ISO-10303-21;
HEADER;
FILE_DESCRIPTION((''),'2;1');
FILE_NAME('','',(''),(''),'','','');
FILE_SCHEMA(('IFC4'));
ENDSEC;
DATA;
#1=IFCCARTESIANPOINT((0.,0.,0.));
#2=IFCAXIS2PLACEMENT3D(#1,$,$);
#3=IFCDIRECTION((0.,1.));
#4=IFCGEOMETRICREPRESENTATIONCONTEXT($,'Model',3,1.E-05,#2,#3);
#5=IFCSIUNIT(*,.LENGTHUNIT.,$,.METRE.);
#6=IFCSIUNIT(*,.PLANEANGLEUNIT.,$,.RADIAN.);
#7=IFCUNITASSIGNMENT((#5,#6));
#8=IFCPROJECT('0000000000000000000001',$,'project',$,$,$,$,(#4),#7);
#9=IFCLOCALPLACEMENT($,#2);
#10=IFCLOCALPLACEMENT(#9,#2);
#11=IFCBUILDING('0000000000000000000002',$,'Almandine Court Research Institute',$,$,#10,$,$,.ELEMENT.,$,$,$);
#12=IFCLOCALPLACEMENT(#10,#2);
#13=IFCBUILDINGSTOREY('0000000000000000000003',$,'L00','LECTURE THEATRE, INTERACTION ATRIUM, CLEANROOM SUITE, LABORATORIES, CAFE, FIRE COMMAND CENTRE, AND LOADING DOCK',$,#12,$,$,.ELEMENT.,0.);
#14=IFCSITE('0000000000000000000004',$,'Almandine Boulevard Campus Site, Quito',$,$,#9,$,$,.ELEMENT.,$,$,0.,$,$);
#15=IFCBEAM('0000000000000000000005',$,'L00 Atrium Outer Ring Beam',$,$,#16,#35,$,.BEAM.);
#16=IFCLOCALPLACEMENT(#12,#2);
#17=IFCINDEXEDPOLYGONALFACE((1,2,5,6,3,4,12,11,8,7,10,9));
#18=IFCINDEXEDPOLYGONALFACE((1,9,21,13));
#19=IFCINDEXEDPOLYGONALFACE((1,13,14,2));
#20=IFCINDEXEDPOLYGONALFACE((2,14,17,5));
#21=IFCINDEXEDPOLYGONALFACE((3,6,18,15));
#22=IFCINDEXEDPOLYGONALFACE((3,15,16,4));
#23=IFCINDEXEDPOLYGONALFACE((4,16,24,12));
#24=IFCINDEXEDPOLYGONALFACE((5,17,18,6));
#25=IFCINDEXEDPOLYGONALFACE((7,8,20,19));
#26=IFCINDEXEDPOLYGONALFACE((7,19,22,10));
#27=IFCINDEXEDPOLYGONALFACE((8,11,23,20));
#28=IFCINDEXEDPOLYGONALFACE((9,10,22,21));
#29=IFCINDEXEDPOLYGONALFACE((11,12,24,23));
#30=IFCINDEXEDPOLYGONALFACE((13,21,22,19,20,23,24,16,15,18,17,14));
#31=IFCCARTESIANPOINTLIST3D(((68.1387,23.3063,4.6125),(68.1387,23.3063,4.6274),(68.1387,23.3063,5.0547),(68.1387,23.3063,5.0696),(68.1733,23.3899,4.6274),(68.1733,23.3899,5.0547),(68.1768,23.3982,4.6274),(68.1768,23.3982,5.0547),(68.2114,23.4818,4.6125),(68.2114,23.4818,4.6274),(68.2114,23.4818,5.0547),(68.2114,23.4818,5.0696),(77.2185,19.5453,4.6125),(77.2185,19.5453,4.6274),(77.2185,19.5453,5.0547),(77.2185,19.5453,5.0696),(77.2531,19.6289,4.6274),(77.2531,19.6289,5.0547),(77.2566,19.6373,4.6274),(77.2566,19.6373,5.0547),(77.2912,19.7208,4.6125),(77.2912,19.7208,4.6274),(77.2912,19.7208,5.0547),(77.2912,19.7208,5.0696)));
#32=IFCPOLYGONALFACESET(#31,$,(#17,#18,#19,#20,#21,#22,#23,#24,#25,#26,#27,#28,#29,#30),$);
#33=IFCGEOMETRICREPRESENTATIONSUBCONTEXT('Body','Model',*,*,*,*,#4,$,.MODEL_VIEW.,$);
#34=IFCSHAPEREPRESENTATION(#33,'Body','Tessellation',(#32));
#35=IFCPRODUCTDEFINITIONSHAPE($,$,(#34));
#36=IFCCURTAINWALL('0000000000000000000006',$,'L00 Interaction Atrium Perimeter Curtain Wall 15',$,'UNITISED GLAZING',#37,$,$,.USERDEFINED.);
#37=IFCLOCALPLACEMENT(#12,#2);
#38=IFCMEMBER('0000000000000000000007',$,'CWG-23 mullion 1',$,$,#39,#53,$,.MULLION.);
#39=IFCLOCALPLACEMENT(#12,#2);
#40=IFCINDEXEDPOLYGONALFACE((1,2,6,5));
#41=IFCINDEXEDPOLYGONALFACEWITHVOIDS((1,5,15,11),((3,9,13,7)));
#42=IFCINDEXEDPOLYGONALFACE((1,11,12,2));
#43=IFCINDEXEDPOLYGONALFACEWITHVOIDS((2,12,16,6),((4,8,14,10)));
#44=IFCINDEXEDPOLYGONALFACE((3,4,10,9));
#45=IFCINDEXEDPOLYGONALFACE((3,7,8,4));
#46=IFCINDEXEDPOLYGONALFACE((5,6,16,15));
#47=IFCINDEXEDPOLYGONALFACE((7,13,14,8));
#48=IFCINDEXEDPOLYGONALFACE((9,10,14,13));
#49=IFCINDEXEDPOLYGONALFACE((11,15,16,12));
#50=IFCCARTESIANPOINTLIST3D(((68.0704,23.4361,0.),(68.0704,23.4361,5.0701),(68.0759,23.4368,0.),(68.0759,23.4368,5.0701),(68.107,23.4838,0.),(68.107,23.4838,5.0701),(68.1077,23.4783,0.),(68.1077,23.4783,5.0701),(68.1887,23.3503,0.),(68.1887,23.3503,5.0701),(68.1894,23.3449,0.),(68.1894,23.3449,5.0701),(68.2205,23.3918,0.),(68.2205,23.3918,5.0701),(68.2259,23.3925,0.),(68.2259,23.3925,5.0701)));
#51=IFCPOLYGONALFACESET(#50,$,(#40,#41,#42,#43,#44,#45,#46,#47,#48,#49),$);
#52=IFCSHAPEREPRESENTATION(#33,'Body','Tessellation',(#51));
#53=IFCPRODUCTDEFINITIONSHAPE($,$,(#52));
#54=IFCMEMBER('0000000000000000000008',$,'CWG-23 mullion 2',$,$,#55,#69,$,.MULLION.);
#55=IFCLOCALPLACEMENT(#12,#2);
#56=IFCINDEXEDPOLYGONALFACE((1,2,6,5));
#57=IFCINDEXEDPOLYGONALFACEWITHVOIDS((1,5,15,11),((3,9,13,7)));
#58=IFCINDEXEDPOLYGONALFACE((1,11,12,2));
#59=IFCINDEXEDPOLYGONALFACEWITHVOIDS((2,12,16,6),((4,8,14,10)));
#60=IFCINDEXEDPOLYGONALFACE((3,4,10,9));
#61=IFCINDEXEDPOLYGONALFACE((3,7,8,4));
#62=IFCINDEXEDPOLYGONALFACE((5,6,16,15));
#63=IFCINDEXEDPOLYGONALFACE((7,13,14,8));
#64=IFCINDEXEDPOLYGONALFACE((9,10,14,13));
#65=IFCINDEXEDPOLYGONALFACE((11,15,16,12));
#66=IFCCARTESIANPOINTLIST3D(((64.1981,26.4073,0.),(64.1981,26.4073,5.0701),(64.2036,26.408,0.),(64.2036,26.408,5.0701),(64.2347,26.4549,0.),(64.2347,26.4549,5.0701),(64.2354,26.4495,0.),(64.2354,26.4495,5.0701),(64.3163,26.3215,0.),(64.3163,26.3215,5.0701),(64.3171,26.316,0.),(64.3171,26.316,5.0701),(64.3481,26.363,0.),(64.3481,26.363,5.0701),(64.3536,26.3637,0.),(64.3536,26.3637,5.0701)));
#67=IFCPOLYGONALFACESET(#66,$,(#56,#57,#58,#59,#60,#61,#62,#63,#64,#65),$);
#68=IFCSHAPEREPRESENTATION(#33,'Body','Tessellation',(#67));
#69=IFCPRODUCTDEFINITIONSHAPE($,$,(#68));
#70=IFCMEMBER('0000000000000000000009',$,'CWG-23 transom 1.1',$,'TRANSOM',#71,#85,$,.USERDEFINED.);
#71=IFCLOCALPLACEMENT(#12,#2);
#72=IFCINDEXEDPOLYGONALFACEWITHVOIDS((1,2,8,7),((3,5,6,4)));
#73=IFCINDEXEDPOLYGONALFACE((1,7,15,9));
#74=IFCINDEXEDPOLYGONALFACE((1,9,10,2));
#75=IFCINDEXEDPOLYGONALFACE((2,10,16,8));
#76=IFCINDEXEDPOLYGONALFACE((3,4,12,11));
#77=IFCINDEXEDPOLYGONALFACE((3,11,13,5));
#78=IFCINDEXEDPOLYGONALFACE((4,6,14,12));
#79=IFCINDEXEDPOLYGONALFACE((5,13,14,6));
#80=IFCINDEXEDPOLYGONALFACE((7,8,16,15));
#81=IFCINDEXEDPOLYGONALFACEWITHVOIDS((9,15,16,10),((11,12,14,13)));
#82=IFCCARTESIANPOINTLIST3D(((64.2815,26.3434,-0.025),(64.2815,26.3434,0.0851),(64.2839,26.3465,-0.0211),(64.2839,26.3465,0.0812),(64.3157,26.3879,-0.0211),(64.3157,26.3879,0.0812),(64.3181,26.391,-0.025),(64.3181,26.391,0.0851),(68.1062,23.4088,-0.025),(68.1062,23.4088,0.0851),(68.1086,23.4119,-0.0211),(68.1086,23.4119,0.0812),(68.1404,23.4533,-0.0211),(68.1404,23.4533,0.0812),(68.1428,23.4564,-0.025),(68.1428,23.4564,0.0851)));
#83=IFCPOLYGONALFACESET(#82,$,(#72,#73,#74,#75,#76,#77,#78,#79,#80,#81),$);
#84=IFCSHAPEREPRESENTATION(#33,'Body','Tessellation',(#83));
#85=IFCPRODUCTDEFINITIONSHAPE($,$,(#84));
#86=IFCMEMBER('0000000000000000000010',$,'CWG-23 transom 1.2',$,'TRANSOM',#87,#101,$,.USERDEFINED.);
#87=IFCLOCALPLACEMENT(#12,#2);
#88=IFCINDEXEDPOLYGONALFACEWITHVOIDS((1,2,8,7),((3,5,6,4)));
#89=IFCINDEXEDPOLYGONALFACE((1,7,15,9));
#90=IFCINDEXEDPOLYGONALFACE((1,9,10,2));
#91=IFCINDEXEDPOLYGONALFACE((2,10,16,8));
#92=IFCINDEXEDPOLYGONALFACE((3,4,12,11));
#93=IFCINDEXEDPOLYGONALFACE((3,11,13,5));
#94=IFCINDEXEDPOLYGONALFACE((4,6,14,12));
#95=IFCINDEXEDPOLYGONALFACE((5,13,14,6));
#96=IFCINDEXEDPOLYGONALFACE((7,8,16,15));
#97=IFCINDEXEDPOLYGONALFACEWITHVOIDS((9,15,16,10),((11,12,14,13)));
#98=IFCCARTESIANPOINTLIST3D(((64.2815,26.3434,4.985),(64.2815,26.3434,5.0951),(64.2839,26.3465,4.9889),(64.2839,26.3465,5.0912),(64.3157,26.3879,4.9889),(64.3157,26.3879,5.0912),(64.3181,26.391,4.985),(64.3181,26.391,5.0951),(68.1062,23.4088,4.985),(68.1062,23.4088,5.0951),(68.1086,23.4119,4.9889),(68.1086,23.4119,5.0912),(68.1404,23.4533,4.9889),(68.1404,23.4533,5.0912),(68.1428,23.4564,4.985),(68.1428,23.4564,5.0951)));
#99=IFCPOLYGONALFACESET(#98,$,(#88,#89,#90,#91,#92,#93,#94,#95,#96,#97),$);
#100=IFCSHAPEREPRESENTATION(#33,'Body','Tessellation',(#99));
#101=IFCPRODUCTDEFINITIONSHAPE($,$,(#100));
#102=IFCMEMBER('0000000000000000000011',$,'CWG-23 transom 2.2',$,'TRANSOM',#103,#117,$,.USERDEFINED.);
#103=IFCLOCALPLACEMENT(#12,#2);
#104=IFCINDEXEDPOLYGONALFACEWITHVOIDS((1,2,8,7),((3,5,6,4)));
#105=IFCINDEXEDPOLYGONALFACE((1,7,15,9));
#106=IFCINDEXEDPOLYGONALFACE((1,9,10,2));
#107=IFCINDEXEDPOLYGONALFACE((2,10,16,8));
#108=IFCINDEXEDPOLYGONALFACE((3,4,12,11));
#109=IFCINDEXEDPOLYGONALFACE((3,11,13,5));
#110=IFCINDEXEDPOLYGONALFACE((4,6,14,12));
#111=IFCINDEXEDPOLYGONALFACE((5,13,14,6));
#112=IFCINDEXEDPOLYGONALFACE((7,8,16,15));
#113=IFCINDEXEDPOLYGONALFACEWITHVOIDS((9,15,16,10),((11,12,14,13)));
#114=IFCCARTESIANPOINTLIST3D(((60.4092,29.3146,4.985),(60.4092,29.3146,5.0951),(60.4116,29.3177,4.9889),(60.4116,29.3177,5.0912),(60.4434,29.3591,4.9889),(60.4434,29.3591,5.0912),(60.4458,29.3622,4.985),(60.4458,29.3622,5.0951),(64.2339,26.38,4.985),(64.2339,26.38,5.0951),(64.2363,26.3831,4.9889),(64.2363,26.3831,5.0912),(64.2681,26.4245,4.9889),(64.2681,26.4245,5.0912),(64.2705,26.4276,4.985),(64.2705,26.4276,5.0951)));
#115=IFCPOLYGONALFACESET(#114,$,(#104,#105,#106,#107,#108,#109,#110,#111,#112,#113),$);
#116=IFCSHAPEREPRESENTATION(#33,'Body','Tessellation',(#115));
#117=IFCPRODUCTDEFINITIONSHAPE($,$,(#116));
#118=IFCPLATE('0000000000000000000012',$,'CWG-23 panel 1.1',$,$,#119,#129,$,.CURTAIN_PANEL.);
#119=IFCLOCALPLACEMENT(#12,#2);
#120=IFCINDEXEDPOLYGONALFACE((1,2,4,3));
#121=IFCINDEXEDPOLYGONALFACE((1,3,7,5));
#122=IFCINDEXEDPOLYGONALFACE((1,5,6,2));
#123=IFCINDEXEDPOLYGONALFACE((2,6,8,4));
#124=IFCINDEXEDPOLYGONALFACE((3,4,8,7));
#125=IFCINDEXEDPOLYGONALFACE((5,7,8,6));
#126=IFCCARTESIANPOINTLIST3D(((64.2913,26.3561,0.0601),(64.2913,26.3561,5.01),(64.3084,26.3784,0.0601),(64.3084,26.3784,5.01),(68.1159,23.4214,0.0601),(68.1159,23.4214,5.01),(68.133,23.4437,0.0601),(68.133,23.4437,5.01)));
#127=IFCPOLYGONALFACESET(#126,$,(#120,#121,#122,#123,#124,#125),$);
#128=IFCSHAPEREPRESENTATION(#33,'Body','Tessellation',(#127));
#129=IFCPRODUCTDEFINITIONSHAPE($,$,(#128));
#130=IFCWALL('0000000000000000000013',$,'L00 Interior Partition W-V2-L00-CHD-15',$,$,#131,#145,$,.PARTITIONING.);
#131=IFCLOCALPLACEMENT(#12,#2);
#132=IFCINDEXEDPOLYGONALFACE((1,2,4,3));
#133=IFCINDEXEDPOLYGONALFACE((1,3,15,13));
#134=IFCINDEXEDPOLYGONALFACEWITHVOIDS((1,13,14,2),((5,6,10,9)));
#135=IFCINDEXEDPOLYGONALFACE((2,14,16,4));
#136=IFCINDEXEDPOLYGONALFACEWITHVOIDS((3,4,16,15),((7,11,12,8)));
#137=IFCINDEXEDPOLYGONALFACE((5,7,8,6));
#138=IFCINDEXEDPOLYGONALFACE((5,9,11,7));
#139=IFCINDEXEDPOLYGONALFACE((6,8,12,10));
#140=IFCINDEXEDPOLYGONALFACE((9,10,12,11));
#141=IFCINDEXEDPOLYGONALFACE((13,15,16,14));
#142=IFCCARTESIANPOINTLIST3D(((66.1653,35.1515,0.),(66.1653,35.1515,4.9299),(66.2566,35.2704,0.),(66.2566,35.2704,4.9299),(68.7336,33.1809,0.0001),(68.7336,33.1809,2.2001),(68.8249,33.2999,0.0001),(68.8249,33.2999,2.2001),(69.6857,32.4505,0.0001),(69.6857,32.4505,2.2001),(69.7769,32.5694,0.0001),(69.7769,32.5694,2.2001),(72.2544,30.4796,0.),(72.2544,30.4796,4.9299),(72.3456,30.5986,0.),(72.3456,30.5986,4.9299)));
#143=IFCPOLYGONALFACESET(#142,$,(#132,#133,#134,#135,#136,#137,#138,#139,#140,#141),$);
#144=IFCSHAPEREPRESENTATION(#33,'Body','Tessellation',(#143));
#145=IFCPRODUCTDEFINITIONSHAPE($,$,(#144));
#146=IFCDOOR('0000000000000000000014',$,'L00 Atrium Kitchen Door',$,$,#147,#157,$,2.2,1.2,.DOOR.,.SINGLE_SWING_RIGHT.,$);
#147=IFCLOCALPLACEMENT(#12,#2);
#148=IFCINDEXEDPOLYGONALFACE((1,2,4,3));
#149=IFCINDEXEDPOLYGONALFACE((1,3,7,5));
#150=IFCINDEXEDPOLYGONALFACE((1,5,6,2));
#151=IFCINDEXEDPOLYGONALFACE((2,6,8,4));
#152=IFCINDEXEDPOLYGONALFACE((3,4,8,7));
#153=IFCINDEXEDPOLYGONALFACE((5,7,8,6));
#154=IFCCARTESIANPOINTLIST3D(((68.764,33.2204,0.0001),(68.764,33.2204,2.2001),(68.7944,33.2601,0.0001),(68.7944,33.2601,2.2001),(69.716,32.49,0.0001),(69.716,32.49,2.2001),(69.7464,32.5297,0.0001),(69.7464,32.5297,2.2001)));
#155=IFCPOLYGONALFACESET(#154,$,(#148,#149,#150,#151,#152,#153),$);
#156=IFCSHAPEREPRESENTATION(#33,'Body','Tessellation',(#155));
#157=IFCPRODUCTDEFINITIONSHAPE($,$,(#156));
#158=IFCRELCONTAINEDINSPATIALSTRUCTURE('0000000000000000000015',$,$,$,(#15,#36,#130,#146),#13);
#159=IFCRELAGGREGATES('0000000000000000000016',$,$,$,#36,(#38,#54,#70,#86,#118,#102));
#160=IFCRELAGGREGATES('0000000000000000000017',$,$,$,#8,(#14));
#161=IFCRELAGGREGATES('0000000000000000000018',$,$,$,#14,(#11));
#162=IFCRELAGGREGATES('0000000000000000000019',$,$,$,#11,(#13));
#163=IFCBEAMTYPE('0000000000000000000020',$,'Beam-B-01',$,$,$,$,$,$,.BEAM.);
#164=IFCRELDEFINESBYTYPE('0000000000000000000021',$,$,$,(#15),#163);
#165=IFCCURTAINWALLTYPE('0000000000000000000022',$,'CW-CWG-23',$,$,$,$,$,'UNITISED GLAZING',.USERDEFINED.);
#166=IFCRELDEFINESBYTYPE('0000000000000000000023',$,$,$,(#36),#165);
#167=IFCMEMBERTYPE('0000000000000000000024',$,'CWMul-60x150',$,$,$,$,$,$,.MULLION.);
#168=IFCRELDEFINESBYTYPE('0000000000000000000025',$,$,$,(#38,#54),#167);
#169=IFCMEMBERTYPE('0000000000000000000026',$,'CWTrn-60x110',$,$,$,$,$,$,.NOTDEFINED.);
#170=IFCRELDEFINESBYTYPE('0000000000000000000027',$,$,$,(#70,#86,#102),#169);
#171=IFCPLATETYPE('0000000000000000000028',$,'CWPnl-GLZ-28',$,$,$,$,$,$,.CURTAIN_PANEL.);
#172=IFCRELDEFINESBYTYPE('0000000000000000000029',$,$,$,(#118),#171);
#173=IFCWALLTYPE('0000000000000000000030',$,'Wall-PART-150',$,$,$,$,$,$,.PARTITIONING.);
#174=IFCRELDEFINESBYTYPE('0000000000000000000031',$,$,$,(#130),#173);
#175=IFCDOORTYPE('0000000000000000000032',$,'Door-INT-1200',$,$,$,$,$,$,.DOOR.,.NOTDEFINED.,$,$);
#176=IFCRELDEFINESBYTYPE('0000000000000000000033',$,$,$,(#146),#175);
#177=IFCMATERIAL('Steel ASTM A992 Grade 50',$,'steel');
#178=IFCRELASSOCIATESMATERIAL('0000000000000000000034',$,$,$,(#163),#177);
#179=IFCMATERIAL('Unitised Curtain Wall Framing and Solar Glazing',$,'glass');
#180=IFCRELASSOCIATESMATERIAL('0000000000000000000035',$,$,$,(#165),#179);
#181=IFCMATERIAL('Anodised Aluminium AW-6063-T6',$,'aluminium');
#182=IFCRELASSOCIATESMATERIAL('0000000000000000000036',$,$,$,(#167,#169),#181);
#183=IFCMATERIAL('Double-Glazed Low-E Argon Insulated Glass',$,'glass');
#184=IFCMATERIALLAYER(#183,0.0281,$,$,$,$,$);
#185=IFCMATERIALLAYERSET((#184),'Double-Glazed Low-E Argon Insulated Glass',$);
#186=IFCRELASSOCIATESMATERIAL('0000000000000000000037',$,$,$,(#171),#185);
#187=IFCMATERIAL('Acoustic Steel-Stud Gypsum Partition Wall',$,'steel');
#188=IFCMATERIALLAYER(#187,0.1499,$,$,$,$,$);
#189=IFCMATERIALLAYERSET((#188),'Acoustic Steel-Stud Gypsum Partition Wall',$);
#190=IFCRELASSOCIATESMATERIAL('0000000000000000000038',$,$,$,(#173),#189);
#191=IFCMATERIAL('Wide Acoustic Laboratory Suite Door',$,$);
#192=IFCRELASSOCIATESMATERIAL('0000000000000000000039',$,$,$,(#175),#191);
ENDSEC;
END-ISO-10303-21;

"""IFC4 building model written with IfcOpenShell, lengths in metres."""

from ifc_helpers import new_model, si_unit, direction, frame, frame_2d, origin, origin_2d, place, context, subcontext, project, spatial, rectangle, hollow_rectangle, i_section, extrude, material, layer, layer_set, material_profile, profile_set, type_object, element, fill, aggregate, save


model = new_model("IFC4")

# Units and contexts
model_context = context("Model", 3, precision=1e-05, world=origin(), true_north=direction((0.0, 1.0)))
body_context = subcontext(model_context, "Body", "Model", "MODEL_VIEW")
ifc_project = project(units=[si_unit("LENGTHUNIT", "METRE"), si_unit("PLANEANGLEUNIT", "RADIAN")], contexts=[model_context])

# Site, building, storey
site_placement = place(None, origin())
site = spatial("IfcSite", under=ifc_project, at=site_placement, Name="Almandine Boulevard Campus Site, Quito", CompositionType="ELEMENT", RefElevation=0.0)
building_placement = place(site_placement, origin())
building = spatial("IfcBuilding", under=site, at=building_placement, Name="Almandine Court Research Institute", CompositionType="ELEMENT")
storey_placement = place(building_placement, origin())
storey = spatial("IfcBuildingStorey", under=building, at=storey_placement, Name="L00", Description="LECTURE THEATRE, INTERACTION ATRIUM, CLEANROOM SUITE, LABORATORIES, CAFE, FIRE COMMAND CENTRE, AND LOADING DOCK", CompositionType="ELEMENT", Elevation=0.0)

# Beam
ifc_material_1 = material(Name="Steel ASTM A992 Grade 50", Category="steel")
ifc_material_profile_1 = material_profile(ifc_material_1, i_section(OverallWidth=0.1899, OverallDepth=0.457, WebThickness=0.009, FlangeThickness=0.0149, at=origin_2d()), Name="W460x74")
ifc_profile_set_1 = profile_set([ifc_material_profile_1], Name="Steel ASTM A992 Grade 50")
beam_type = type_object("IfcBeamType", Name="Beam-B-01", PredefinedType="BEAM", material=ifc_profile_set_1)
beam_placement = place(storey_placement, frame((68.175, 23.394, 4.8411), z_axis=(0.92388, -0.382683, 0.0), x_axis=(0.382683, 0.92388, 0.0)))
element("IfcBeam", 1, at=beam_placement, inside=storey, type_object=beam_type, Name="L00 Atrium Outer Ring Beam", PredefinedType="BEAM", context=body_context, shape_type="SweptSolid", body=[
    extrude(i_section(OverallWidth=0.1899, OverallDepth=0.457, WebThickness=0.009, FlangeThickness=0.0149, at=origin_2d()), origin(), (0.0, 0.0, 1.0), 9.8279),
])

# Curtain wall, members, plate
ifc_material_2 = material(Name="Unitised Curtain Wall Framing and Solar Glazing", Category="glass")
curtain_wall_type = type_object("IfcCurtainWallType", Name="CW-CWG-23", ElementType="UNITISED GLAZING", PredefinedType="USERDEFINED", material=ifc_material_2)
curtain_wall_placement = place(storey_placement, origin())
curtain_wall = element("IfcCurtainWall", 2, at=curtain_wall_placement, inside=storey, type_object=curtain_wall_type, Name="L00 Interaction Atrium Perimeter Curtain Wall 15", ObjectType="UNITISED GLAZING", PredefinedType="USERDEFINED")
ifc_material_3 = material(Name="Anodised Aluminium AW-6063-T6", Category="aluminium")
ifc_material_profile_2 = material_profile(ifc_material_3, hollow_rectangle(XDim=0.0601, YDim=0.1499, WallThickness=0.0039, at=origin_2d()), Name="ALU RHS 60x150x4")
ifc_profile_set_2 = profile_set([ifc_material_profile_2], Name="Anodised Aluminium AW-6063-T6")
member_type_1 = type_object("IfcMemberType", Name="CWMul-60x150", PredefinedType="MULLION", material=ifc_profile_set_2)
member_1_placement = place(storey_placement, frame((68.1482, 23.4143, 0.0), z_axis=(0.0, 0.0, 1.0), x_axis=(-0.608761, -0.793354, 0.0)))
member_1 = element("IfcMember", 3, at=member_1_placement, type_object=member_type_1, Name="CWG-23 mullion 1", PredefinedType="MULLION", context=body_context, shape_type="SweptSolid", body=[
    extrude(hollow_rectangle(XDim=0.0601, YDim=0.1499, WallThickness=0.0039, at=origin_2d()), origin(), (0.0, 0.0, 1.0), 5.0701),
])
member_2_placement = place(storey_placement, frame((64.2759, 26.3855, 0.0), z_axis=(0.0, 0.0, 1.0), x_axis=(-0.608761, -0.793354, 0.0)))
member_2 = element("IfcMember", 4, at=member_2_placement, type_object=member_type_1, Name="CWG-23 mullion 2", PredefinedType="MULLION", context=body_context, shape_type="SweptSolid", body=[
    extrude(hollow_rectangle(XDim=0.0601, YDim=0.1499, WallThickness=0.0039, at=origin_2d()), origin(), (0.0, 0.0, 1.0), 5.0701),
])
ifc_material_profile_3 = material_profile(ifc_material_3, hollow_rectangle(XDim=0.0601, YDim=0.1101, WallThickness=0.0039, at=origin_2d()), Name="ALU RHS 60x110x4")
ifc_profile_set_3 = profile_set([ifc_material_profile_3], Name="Anodised Aluminium AW-6063-T6")
member_type_2 = type_object("IfcMemberType", Name="CWTrn-60x110", PredefinedType="NOTDEFINED", material=ifc_profile_set_3)
member_3_placement = place(storey_placement, frame((68.1245, 23.4326, 0.03), z_axis=(-0.793376, 0.608731, 0.0), x_axis=(-0.608731, -0.793376, 0.0)))
member_3 = element("IfcMember", 5, at=member_3_placement, type_object=member_type_2, Name="CWG-23 transom 1.1", ObjectType="TRANSOM", PredefinedType="USERDEFINED", context=body_context, shape_type="SweptSolid", body=[
    extrude(hollow_rectangle(XDim=0.0601, YDim=0.1101, WallThickness=0.0039, at=origin_2d()), origin(), (0.0, 0.0, 1.0), 4.8208),
])
member_4_placement = place(storey_placement, frame((68.1245, 23.4326, 5.04), z_axis=(-0.793376, 0.608731, 0.0), x_axis=(-0.608731, -0.793376, 0.0)))
member_4 = element("IfcMember", 6, at=member_4_placement, type_object=member_type_2, Name="CWG-23 transom 1.2", ObjectType="TRANSOM", PredefinedType="USERDEFINED", context=body_context, shape_type="SweptSolid", body=[
    extrude(hollow_rectangle(XDim=0.0601, YDim=0.1101, WallThickness=0.0039, at=origin_2d()), origin(), (0.0, 0.0, 1.0), 4.8208),
])
member_5_placement = place(storey_placement, frame((64.2522, 26.4038, 5.04), z_axis=(-0.793376, 0.608731, 0.0), x_axis=(-0.608731, -0.793376, 0.0)))
member_5 = element("IfcMember", 7, at=member_5_placement, type_object=member_type_2, Name="CWG-23 transom 2.2", ObjectType="TRANSOM", PredefinedType="USERDEFINED", context=body_context, shape_type="SweptSolid", body=[
    extrude(hollow_rectangle(XDim=0.0601, YDim=0.1101, WallThickness=0.0039, at=origin_2d()), origin(), (0.0, 0.0, 1.0), 4.8208),
])
ifc_material_4 = material(Name="Double-Glazed Low-E Argon Insulated Glass", Category="glass")
ifc_layer_1 = layer(ifc_material_4, 0.0281)
ifc_layer_set_1 = layer_set([ifc_layer_1], Name="Double-Glazed Low-E Argon Insulated Glass")
plate_type = type_object("IfcPlateType", Name="CWPnl-GLZ-28", PredefinedType="CURTAIN_PANEL", material=ifc_layer_set_1)
plate_placement = place(storey_placement, frame((66.2122, 24.8999, 0.0601), z_axis=(0.0, 0.0, 1.0), x_axis=(-0.793354, 0.608761, 0.0)))
plate = element("IfcPlate", 8, at=plate_placement, type_object=plate_type, Name="CWG-23 panel 1.1", PredefinedType="CURTAIN_PANEL", context=body_context, shape_type="SweptSolid", body=[
    extrude(rectangle(XDim=4.8208, YDim=0.0281, at=origin_2d()), origin(), (0.0, 0.0, 1.0), 4.95),
])
aggregate(curtain_wall, [member_1, member_2, member_3, member_4, plate, member_5])

# Wall, opening, door
ifc_material_5 = material(Name="Acoustic Steel-Stud Gypsum Partition Wall", Category="steel")
ifc_layer_2 = layer(ifc_material_5, 0.1499)
ifc_layer_set_2 = layer_set([ifc_layer_2], Name="Acoustic Steel-Stud Gypsum Partition Wall")
wall_type = type_object("IfcWallType", Name="Wall-PART-150", PredefinedType="PARTITIONING", material=ifc_layer_set_2)
wall_1_placement = place(storey_placement, frame((66.2109, 35.2109, 0.0), z_axis=(0.0, 0.0, 1.0), x_axis=(0.793383, -0.608723, 0.0)))
wall_1 = element("IfcWall", 9, at=wall_1_placement, inside=storey, type_object=wall_type, Name="L00 Interior Partition W-V2-L00-CHD-15", PredefinedType="PARTITIONING", context=body_context, shape_type="SweptSolid", body=[
    extrude(rectangle(XDim=7.6748, YDim=0.1499, at=frame_2d((3.8374, 0.0))), origin(), (0.0, 0.0, 1.0), 4.9299),
])
opening_1_placement = place(wall_1_placement, frame((3.2371, 0.0, 0.0)))
opening_1 = element("IfcOpeningElement", 10, at=opening_1_placement, cuts=wall_1, PredefinedType="OPENING", context=body_context, shape_type="SweptSolid", body=[
    extrude(rectangle(XDim=1.2, YDim=2.2, at=frame_2d((0.6001, 1.1001))), frame((0.0, 0.085, 0.0), z_axis=(0.0, -1.0, 0.0), x_axis=(1.0, 0.0, 0.0)), (0.0, 0.0, 1.0), 0.1699),
])
ifc_material_6 = material(Name="Wide Acoustic Laboratory Suite Door")
door_type = type_object("IfcDoorType", Name="Door-INT-1200", OperationType="NOTDEFINED", PredefinedType="DOOR", material=ifc_material_6)
door_1_placement = place(opening_1_placement, origin())
door_1 = element("IfcDoor", 11, at=door_1_placement, inside=storey, type_object=door_type, Name="L00 Atrium Kitchen Door", OperationType="SINGLE_SWING_RIGHT", OverallHeight=2.2, OverallWidth=1.2, PredefinedType="DOOR", context=body_context, shape_type="SweptSolid", body=[
    extrude(rectangle(XDim=1.2, YDim=2.2, at=frame_2d((0.6001, 1.1001))), frame((0.0, 0.0249, 0.0), z_axis=(0.0, -1.0, 0.0), x_axis=(1.0, 0.0, 0.0)), (0.0, 0.0, 1.0), 0.05),
])
fill(opening_1, door_1)

save(model, "model.ifc")
